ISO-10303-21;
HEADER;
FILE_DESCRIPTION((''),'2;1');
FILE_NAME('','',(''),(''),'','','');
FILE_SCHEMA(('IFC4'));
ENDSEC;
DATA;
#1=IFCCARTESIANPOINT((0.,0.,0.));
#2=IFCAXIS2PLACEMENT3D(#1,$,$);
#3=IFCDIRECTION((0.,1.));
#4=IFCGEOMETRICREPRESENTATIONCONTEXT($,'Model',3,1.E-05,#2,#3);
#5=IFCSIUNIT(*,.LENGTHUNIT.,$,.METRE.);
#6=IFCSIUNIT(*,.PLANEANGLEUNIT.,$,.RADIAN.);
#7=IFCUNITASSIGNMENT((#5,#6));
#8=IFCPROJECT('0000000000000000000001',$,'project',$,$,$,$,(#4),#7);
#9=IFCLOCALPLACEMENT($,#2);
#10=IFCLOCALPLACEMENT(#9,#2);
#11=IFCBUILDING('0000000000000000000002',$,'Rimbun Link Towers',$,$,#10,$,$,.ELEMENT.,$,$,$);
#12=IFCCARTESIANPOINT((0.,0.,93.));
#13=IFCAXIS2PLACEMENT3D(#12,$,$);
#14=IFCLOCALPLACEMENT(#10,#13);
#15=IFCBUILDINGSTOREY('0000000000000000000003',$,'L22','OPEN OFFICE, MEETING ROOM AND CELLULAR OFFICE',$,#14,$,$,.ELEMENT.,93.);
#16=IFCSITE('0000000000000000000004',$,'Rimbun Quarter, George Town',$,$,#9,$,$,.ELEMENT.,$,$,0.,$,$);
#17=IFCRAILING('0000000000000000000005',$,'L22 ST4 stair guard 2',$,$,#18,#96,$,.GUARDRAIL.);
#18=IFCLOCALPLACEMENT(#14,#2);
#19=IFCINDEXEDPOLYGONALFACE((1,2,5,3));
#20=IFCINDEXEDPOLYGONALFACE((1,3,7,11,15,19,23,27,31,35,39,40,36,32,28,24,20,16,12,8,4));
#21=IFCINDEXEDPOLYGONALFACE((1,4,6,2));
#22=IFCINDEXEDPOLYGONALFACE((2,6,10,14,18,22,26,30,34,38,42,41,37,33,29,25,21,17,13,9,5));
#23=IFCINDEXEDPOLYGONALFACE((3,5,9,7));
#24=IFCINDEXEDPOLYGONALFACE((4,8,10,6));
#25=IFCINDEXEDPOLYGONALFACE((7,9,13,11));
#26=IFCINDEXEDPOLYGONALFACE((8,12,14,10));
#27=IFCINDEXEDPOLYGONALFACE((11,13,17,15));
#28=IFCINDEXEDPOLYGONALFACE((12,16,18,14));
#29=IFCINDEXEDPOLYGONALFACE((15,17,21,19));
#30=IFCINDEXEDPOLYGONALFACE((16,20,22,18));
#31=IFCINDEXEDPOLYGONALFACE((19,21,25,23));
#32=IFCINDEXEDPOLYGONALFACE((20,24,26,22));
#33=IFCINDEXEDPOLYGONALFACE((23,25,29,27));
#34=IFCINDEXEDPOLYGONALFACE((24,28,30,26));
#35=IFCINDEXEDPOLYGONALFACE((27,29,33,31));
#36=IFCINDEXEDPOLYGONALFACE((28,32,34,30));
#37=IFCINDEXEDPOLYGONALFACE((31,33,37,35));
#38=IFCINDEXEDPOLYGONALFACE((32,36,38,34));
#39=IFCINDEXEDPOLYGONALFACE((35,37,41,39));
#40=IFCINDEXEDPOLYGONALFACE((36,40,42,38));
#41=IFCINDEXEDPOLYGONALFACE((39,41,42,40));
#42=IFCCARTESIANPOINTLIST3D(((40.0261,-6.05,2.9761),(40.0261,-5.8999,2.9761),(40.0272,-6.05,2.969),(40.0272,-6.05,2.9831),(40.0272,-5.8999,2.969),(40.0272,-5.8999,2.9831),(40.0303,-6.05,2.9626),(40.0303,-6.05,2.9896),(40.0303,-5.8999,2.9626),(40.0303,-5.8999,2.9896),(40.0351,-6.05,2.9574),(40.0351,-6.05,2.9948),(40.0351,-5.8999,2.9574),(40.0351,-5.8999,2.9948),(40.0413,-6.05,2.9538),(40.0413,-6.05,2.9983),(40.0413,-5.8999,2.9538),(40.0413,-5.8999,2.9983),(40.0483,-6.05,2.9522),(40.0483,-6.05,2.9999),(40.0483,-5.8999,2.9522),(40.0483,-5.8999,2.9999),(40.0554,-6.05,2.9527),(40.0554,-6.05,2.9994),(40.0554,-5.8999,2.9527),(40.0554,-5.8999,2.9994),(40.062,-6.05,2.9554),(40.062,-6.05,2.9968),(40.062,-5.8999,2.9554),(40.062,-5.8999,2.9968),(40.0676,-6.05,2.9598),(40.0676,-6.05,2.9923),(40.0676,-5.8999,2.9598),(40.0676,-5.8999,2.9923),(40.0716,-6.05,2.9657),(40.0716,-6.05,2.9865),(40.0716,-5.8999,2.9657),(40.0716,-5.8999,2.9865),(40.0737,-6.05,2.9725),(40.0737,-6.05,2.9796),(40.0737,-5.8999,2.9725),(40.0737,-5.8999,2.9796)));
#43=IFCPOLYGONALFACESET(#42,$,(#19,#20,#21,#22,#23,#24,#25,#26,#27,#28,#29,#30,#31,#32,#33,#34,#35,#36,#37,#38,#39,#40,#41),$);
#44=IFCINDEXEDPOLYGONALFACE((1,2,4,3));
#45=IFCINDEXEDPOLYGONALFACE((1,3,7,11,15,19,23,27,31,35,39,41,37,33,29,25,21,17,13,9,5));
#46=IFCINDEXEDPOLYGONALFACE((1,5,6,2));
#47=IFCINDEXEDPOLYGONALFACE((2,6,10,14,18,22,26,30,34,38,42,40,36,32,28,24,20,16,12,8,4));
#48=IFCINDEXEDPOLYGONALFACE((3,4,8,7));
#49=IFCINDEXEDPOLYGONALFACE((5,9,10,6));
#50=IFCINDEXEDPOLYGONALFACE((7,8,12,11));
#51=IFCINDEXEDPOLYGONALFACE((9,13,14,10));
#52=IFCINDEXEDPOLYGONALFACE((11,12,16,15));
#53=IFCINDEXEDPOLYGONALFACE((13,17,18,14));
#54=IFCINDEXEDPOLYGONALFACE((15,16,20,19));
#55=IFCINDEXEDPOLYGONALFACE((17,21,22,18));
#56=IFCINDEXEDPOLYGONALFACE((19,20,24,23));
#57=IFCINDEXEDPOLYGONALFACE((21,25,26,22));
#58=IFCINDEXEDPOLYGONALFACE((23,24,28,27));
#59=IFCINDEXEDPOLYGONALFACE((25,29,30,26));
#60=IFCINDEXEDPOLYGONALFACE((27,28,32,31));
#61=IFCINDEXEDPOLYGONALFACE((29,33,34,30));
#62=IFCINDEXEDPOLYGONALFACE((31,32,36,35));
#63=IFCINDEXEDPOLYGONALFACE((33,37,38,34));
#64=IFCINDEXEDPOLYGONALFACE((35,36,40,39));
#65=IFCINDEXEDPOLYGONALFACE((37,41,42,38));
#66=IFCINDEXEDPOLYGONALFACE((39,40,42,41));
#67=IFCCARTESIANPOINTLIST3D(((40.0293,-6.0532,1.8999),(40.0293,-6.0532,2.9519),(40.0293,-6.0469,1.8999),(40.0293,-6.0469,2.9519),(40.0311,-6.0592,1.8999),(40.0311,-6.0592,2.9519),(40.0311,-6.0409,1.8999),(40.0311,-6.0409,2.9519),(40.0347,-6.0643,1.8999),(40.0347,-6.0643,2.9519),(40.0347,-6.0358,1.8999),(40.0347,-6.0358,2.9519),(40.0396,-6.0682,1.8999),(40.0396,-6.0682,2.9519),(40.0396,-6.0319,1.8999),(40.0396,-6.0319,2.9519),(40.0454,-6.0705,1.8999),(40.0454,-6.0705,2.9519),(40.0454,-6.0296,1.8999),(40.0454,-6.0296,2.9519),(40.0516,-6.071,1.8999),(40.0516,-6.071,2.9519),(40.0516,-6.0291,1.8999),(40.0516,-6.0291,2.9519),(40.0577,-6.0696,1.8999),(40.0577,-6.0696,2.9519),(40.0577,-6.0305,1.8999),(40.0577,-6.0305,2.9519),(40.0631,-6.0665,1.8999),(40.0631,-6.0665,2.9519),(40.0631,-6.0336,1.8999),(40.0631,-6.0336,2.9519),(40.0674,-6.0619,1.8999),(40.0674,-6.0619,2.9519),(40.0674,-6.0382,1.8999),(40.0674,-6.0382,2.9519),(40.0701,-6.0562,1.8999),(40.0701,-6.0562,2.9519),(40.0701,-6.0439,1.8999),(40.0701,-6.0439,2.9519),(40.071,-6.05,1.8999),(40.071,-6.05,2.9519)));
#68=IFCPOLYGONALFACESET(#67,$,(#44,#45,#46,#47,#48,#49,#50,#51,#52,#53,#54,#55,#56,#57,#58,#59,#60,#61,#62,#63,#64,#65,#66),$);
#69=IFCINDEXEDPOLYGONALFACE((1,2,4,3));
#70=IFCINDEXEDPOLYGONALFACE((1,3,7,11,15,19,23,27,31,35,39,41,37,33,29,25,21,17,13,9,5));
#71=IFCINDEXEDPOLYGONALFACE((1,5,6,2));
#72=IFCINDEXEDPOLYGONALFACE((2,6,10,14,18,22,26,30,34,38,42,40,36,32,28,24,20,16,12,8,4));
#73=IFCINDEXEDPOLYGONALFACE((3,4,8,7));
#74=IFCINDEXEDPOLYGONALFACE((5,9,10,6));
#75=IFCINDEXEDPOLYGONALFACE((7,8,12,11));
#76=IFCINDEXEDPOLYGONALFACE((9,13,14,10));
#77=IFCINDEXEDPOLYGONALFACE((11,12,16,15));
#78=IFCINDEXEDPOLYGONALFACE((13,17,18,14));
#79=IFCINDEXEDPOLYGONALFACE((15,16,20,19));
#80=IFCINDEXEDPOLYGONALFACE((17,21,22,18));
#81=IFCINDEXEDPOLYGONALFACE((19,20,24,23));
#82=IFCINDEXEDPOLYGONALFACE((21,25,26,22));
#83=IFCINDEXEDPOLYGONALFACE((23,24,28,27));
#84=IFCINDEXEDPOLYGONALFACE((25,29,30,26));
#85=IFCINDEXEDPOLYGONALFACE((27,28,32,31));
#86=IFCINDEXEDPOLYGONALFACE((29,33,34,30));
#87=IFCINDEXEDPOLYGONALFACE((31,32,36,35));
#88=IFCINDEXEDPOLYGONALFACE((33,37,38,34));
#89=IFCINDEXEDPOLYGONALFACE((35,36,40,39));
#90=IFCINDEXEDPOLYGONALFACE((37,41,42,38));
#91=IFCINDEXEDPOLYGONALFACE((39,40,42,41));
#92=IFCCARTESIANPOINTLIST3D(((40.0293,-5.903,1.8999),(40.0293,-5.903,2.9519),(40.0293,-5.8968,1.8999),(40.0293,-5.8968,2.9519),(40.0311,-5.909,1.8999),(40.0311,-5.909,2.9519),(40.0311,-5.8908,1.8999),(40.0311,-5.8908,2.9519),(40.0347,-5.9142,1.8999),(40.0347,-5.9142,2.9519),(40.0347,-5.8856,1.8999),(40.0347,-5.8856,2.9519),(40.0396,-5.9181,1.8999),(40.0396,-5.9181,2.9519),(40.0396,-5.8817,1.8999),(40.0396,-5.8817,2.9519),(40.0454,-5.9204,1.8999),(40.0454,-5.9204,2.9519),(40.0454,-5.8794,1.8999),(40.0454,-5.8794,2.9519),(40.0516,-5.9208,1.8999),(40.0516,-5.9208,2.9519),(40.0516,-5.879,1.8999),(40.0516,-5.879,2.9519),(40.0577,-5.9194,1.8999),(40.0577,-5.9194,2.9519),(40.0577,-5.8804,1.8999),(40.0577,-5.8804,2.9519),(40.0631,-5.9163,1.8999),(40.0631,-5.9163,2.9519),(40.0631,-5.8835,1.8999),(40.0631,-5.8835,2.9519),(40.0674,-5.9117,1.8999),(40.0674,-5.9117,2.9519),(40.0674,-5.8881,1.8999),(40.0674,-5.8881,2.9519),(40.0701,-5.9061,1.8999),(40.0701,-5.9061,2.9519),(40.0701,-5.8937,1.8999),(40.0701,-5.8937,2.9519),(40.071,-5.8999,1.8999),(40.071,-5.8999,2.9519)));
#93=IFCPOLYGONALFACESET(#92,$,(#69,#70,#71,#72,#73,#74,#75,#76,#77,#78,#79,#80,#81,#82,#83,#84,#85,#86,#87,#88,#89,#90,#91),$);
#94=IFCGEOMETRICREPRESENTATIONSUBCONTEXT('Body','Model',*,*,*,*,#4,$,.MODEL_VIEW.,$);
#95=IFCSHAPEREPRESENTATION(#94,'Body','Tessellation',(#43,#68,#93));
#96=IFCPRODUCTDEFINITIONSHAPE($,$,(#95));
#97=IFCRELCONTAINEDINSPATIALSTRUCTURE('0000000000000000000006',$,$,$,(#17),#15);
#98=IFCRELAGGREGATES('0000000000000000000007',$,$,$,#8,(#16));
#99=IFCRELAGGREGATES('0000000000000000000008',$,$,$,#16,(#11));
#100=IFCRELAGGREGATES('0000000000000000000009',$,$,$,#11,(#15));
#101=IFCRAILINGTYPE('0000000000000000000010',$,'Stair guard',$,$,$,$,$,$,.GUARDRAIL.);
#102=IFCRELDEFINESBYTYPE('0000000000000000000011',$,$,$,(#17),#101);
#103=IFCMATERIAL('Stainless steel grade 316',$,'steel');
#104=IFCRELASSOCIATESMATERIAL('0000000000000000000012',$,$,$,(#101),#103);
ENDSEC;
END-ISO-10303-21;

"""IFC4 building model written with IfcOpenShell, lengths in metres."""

from ifc_helpers import new_model, si_unit, direction, frame, origin, origin_2d, place, context, subcontext, project, spatial, circle, extrude, material, type_object, element, save


model = new_model("IFC4")

# Units and contexts
model_context = context("Model", 3, precision=1e-05, world=origin(), true_north=direction((0.0, 1.0)))
body_context = subcontext(model_context, "Body", "Model", "MODEL_VIEW")
ifc_project = project(units=[si_unit("LENGTHUNIT", "METRE"), si_unit("PLANEANGLEUNIT", "RADIAN")], contexts=[model_context])

# Site, building, storey
site_placement = place(None, origin())
site = spatial("IfcSite", under=ifc_project, at=site_placement, Name="Rimbun Quarter, George Town", CompositionType="ELEMENT", RefElevation=0.0)
building_placement = place(site_placement, origin())
building = spatial("IfcBuilding", under=site, at=building_placement, Name="Rimbun Link Towers", CompositionType="ELEMENT")
storey_placement = place(building_placement, frame((0.0, 0.0, 93.0)))
storey = spatial("IfcBuildingStorey", under=building, at=storey_placement, Name="L22", Description="OPEN OFFICE, MEETING ROOM AND CELLULAR OFFICE", CompositionType="ELEMENT", Elevation=93.0)

# Railing
ifc_material_1 = material(Name="Stainless steel grade 316", Category="steel")
railing_type_1 = type_object("IfcRailingType", Name="Stair guard", PredefinedType="GUARDRAIL", material=ifc_material_1)
railing_1_placement = place(storey_placement, frame((40.05, -6.05, 1.8999)))
element("IfcRailing", 1, at=railing_1_placement, inside=storey, type_object=railing_type_1, Name="L22 ST4 stair guard 2", PredefinedType="GUARDRAIL", context=body_context, shape_type="SweptSolid", body=[
    extrude(circle(Radius=0.0239, at=origin_2d()), frame((0.0, 0.0, 1.0762), z_axis=(0.0, 1.0, 0.0), x_axis=(-1.0, 0.0, 0.0)), (0.0, 0.0, 1.0), 0.1501),
    extrude(circle(Radius=0.021, at=origin_2d()), origin(), (0.0, 0.0, 1.0), 1.052),
    extrude(circle(Radius=0.021, at=origin_2d()), frame((0.0, 0.1501, 0.0)), (0.0, 0.0, 1.0), 1.052),
])

save(model, "model.ifc")
